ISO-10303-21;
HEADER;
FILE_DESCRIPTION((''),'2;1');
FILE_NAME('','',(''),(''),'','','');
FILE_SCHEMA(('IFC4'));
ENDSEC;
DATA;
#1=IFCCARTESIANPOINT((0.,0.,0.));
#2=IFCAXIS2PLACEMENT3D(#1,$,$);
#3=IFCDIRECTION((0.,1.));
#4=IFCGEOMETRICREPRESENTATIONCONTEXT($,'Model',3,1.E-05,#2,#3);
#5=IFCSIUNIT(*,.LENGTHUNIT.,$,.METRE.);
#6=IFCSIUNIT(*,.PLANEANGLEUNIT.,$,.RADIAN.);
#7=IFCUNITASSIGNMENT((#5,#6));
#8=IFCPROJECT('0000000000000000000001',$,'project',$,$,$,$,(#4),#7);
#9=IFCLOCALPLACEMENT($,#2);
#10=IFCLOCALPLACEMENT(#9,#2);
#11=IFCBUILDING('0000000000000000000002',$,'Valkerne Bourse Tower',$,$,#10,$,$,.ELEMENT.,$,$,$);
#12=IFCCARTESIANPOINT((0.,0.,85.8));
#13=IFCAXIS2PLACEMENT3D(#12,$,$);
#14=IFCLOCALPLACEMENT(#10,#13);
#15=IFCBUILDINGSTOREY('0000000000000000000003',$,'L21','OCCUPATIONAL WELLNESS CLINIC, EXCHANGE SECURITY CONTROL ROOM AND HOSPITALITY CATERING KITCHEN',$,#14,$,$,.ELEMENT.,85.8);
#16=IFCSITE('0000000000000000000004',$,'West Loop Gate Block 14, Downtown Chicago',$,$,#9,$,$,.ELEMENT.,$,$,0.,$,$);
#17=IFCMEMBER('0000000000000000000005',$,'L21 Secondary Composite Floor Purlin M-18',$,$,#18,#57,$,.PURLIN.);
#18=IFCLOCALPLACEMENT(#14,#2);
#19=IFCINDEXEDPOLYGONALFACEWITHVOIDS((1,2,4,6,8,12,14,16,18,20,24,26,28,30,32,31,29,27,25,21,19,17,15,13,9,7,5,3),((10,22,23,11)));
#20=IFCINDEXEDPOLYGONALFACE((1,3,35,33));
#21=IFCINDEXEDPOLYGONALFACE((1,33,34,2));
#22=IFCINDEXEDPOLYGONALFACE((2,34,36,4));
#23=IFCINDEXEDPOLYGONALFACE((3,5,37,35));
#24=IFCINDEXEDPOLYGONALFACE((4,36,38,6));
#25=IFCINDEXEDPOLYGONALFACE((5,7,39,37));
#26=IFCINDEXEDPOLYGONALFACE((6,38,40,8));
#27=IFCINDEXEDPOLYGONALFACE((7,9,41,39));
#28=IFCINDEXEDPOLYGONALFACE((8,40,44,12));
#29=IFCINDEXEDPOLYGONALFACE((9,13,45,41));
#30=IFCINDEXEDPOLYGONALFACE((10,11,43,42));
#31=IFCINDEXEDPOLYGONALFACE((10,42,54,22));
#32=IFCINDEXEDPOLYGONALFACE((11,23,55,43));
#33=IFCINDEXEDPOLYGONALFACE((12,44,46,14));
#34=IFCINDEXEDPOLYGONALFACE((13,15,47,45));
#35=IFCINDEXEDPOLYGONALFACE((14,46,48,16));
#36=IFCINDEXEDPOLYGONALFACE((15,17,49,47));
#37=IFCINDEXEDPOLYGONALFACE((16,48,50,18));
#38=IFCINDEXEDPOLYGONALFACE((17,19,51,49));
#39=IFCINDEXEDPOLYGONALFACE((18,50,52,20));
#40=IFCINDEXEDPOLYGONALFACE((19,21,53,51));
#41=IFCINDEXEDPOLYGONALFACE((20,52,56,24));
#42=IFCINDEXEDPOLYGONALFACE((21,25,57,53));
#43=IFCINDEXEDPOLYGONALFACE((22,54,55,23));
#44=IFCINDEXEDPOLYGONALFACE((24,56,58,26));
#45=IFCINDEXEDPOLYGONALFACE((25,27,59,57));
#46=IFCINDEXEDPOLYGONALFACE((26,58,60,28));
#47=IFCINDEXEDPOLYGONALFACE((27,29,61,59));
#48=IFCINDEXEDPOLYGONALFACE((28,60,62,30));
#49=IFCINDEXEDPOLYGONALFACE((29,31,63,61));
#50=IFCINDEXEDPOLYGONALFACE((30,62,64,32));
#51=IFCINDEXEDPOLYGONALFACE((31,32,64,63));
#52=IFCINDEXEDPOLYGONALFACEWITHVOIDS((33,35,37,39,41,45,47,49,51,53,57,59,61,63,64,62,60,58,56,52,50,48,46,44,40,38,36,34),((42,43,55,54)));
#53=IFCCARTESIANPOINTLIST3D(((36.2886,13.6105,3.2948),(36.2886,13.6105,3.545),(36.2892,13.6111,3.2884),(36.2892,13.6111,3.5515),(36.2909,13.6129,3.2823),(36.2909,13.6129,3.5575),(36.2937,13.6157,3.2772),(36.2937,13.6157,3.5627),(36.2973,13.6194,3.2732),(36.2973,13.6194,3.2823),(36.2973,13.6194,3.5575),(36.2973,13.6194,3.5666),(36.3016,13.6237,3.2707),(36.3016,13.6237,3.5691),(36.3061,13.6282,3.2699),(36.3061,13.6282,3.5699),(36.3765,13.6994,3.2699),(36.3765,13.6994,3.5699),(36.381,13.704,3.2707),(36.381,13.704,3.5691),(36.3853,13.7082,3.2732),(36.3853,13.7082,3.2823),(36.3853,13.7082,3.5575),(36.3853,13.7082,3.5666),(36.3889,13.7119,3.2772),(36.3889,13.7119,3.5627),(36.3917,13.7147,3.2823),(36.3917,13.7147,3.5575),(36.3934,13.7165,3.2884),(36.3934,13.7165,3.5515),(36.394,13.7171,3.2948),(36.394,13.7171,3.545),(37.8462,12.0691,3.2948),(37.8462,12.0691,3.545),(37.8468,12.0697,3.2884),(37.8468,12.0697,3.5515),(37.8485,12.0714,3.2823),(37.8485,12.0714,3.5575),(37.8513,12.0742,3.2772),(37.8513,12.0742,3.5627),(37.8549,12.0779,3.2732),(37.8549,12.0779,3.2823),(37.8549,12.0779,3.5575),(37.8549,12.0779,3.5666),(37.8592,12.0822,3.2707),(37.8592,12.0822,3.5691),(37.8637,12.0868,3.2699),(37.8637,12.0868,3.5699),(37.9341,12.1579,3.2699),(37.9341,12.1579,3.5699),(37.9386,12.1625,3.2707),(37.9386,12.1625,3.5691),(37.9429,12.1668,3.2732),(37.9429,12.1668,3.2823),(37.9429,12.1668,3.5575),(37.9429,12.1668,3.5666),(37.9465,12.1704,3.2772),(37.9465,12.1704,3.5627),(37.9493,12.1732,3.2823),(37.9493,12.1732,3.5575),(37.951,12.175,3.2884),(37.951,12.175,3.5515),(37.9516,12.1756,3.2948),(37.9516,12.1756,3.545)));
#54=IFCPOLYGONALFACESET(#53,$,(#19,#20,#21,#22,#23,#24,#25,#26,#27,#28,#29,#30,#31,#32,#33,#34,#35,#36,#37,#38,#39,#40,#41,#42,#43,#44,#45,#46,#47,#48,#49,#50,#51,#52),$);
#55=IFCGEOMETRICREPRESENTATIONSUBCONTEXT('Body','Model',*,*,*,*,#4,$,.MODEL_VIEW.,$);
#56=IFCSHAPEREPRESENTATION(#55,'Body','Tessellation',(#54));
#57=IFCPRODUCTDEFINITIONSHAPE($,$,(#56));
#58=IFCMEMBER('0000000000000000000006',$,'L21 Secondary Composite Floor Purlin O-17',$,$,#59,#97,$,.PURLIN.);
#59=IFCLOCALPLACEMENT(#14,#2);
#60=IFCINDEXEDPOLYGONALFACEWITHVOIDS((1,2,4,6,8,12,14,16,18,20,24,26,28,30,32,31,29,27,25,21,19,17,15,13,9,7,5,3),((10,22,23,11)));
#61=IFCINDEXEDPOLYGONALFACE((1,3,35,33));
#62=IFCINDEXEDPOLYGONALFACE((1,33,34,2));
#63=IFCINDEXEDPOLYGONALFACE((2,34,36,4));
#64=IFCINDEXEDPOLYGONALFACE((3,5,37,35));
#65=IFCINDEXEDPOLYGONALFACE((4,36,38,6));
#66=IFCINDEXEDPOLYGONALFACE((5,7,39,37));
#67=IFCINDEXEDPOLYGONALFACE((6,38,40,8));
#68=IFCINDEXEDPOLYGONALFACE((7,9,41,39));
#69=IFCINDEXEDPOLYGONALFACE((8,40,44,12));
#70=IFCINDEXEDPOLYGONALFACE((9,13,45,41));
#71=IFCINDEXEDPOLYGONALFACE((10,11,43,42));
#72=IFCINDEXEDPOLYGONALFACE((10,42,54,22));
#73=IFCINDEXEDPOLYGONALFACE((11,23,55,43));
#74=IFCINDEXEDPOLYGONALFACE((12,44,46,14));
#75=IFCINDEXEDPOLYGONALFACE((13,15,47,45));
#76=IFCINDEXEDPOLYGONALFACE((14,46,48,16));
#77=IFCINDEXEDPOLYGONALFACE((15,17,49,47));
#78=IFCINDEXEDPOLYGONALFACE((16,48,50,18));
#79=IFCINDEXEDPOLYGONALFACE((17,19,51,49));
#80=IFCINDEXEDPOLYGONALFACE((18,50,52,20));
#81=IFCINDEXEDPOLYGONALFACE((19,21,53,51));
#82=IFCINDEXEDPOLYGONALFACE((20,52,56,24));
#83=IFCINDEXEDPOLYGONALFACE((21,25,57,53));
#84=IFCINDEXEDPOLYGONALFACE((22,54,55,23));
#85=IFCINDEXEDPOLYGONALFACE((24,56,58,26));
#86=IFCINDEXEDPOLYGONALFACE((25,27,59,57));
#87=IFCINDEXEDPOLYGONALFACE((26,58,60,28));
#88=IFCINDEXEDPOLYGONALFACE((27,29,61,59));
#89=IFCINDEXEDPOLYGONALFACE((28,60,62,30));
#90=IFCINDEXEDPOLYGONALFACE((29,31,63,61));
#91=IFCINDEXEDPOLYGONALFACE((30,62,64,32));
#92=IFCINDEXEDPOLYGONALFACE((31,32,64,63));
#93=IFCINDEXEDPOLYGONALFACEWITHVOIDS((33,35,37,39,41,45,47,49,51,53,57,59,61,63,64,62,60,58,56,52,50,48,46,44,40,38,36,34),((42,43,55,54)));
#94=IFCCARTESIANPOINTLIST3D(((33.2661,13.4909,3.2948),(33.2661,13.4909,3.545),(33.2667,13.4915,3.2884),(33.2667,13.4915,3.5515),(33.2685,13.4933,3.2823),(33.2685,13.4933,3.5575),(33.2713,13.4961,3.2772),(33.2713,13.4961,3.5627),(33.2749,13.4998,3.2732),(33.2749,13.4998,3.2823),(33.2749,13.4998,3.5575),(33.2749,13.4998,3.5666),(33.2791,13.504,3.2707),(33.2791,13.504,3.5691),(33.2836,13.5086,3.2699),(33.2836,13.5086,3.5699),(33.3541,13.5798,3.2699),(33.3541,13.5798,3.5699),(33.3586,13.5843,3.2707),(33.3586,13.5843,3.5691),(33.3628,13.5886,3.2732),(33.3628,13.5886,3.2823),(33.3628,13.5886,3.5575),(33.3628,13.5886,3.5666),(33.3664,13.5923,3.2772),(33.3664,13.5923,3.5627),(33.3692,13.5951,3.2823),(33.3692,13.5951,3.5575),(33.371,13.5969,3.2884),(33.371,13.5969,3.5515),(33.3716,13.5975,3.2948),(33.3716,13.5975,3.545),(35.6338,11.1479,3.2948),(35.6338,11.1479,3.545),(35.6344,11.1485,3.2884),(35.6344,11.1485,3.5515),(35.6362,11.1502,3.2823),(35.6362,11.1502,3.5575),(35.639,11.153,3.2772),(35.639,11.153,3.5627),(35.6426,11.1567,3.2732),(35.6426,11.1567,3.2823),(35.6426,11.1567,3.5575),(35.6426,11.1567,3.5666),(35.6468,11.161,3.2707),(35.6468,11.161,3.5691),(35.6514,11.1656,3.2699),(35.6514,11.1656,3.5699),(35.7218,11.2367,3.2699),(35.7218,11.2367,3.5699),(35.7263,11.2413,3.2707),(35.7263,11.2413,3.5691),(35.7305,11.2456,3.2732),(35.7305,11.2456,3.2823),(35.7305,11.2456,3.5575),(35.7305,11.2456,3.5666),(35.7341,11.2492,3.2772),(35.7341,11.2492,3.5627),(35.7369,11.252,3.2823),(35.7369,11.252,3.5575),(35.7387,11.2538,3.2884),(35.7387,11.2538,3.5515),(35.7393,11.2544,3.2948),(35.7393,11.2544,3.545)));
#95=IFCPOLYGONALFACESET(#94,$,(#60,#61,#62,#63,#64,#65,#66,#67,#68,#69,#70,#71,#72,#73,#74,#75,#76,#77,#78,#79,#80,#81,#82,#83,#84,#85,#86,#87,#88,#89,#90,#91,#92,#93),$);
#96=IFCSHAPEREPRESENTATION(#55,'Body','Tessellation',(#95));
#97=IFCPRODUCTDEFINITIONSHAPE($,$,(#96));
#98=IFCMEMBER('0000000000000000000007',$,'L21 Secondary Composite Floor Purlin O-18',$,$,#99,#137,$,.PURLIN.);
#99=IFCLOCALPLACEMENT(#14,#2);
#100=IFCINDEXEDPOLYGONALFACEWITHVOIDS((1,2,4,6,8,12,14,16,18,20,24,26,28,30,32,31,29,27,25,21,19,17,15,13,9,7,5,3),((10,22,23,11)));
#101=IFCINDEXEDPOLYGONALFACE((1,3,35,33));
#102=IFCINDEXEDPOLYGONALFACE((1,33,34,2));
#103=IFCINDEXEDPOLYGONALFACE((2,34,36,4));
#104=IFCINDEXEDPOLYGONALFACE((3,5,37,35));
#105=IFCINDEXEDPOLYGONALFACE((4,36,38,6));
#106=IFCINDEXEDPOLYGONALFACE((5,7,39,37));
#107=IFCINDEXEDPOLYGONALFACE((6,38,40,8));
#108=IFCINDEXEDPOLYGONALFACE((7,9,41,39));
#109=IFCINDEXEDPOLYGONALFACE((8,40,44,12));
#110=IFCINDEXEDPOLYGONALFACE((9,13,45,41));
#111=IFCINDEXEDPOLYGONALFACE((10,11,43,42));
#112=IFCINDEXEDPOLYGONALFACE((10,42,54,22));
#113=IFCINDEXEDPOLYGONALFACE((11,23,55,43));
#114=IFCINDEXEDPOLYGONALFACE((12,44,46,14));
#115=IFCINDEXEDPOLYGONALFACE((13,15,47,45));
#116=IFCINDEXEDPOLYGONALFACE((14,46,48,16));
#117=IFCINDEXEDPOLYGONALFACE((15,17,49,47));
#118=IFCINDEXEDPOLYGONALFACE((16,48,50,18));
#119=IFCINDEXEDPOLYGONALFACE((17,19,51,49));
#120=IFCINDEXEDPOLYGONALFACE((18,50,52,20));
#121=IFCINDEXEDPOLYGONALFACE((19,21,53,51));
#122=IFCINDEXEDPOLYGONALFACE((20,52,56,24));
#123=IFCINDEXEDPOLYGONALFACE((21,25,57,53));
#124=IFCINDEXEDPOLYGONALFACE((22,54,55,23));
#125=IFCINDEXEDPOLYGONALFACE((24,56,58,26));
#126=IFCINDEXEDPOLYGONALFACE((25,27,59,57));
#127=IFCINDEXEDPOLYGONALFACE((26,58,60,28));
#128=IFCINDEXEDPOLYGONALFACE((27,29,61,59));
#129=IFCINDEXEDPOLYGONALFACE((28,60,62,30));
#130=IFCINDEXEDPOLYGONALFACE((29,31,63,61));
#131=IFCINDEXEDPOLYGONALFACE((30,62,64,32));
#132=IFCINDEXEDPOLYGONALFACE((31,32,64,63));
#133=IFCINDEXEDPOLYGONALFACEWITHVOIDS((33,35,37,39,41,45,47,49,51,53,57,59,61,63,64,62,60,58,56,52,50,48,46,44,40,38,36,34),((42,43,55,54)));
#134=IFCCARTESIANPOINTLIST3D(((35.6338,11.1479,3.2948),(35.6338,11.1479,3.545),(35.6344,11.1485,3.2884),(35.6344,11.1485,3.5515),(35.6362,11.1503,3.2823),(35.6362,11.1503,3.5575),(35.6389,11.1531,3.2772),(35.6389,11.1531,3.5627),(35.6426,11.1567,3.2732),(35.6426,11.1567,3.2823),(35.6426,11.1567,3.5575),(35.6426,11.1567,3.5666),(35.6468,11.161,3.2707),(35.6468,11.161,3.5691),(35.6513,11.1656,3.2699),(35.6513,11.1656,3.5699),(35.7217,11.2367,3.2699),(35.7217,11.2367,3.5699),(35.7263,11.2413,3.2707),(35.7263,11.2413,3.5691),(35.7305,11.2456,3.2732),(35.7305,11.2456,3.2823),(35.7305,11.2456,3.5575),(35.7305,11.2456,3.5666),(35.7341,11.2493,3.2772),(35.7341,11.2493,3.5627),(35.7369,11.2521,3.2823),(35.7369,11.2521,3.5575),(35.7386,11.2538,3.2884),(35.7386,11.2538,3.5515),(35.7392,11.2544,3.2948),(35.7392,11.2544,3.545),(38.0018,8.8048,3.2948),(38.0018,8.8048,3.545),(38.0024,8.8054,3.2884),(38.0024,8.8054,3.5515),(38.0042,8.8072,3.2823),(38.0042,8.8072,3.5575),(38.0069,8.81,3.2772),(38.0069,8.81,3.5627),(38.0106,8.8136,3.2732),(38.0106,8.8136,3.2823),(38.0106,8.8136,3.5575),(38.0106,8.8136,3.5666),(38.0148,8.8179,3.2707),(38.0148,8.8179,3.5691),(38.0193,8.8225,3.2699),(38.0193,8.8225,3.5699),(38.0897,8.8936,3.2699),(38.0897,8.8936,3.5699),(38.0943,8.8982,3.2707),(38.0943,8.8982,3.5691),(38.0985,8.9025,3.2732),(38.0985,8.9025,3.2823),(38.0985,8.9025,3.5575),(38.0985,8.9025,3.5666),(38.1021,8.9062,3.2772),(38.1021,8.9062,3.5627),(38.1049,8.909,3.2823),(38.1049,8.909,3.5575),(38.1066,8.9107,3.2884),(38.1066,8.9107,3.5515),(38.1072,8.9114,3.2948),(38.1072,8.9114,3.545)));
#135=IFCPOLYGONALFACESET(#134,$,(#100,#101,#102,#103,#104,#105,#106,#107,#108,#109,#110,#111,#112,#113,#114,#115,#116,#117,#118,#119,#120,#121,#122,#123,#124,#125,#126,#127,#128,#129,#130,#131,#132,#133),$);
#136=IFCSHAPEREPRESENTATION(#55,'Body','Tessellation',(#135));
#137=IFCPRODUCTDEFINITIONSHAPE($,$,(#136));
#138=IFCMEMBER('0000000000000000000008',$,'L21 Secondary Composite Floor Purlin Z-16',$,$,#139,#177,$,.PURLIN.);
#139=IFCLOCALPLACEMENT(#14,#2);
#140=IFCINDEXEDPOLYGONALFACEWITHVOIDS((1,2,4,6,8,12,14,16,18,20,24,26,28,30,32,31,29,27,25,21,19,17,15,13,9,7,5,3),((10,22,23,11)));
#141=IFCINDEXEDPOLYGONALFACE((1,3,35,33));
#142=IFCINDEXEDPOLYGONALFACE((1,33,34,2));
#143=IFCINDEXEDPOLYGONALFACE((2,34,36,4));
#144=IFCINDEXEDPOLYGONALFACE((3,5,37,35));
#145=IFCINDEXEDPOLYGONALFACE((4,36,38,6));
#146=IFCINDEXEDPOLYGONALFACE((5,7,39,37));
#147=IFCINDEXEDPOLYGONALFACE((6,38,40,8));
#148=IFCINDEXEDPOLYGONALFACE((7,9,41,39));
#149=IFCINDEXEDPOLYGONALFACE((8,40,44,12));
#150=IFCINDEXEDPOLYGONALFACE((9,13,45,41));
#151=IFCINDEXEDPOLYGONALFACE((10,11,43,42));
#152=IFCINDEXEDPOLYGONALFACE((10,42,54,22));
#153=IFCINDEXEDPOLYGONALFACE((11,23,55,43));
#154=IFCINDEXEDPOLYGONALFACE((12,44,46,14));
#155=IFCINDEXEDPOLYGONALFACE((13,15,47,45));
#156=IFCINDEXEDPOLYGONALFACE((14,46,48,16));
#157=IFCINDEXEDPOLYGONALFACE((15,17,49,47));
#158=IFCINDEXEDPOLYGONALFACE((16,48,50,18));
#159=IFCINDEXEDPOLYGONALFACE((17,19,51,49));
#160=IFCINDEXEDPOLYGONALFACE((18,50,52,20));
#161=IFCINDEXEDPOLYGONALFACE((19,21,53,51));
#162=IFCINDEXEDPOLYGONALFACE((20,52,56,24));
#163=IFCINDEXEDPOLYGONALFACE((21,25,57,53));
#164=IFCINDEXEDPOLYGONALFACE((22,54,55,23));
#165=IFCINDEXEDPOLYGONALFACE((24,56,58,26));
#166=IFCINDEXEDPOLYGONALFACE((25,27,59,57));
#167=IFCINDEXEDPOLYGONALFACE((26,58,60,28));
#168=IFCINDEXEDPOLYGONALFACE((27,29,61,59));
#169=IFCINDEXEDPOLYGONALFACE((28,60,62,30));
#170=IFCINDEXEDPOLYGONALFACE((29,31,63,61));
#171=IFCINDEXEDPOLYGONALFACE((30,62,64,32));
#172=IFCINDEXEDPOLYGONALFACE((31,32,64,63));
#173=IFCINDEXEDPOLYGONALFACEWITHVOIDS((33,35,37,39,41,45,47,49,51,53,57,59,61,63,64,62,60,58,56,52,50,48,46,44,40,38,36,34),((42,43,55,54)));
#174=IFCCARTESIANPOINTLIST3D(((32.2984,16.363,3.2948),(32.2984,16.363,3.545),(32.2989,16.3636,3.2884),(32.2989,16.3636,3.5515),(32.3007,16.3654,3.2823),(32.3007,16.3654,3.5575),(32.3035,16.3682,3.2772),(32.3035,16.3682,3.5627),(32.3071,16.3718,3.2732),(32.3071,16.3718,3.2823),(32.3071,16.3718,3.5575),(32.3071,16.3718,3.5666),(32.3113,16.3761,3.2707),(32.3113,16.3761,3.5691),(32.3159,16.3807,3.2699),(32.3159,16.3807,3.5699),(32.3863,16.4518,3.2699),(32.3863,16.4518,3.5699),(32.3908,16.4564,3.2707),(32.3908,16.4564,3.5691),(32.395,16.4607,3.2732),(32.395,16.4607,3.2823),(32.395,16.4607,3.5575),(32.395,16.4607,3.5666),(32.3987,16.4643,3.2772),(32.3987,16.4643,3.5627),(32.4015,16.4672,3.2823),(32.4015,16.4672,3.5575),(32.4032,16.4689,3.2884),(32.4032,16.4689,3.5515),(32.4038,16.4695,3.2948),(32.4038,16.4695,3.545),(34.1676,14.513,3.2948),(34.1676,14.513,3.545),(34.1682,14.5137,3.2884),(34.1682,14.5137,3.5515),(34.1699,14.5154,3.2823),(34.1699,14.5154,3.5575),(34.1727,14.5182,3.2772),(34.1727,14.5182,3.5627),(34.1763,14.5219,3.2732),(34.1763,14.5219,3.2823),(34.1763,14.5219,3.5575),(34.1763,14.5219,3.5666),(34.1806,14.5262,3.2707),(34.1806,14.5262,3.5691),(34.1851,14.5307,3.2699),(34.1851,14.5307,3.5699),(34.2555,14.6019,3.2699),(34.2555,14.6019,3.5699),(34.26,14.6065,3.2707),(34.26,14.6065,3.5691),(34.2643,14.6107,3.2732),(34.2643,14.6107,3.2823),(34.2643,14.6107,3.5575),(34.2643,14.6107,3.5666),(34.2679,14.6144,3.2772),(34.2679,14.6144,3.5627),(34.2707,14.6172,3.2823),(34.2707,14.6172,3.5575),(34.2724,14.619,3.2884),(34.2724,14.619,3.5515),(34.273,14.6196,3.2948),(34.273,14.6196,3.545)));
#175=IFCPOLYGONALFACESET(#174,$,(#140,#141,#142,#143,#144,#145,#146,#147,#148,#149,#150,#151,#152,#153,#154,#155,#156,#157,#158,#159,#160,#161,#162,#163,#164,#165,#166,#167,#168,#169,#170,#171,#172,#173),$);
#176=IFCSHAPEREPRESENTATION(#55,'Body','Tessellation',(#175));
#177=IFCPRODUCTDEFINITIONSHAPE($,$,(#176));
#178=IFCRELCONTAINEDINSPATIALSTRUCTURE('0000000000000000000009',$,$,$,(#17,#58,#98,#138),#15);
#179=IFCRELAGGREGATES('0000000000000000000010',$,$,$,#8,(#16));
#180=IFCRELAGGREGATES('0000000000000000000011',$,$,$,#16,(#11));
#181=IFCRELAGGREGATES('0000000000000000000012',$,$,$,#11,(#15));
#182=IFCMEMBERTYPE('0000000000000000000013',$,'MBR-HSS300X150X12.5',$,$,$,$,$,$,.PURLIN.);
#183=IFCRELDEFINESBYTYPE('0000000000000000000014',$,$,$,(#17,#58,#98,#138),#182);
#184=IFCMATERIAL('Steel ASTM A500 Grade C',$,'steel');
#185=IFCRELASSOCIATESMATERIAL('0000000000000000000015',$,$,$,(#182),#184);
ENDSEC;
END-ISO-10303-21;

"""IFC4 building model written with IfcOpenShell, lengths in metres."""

from ifc_helpers import new_model, si_unit, direction, frame, origin, origin_2d, place, context, subcontext, project, spatial, hollow_rectangle, extrude, material, material_profile, profile_set, type_object, element, save


model = new_model("IFC4")

# Units and contexts
model_context = context("Model", 3, precision=1e-05, world=origin(), true_north=direction((0.0, 1.0)))
body_context = subcontext(model_context, "Body", "Model", "MODEL_VIEW")
ifc_project = project(units=[si_unit("LENGTHUNIT", "METRE"), si_unit("PLANEANGLEUNIT", "RADIAN")], contexts=[model_context])

# Site, building, storey
site_placement = place(None, origin())
site = spatial("IfcSite", under=ifc_project, at=site_placement, Name="West Loop Gate Block 14, Downtown Chicago", CompositionType="ELEMENT", RefElevation=0.0)
building_placement = place(site_placement, origin())
building = spatial("IfcBuilding", under=site, at=building_placement, Name="Valkerne Bourse Tower", CompositionType="ELEMENT")
storey_placement = place(building_placement, frame((0.0, 0.0, 85.8)))
storey = spatial("IfcBuildingStorey", under=building, at=storey_placement, Name="L21", Description="OCCUPATIONAL WELLNESS CLINIC, EXCHANGE SECURITY CONTROL ROOM AND HOSPITALITY CATERING KITCHEN", CompositionType="ELEMENT", Elevation=85.8)

# Members
ifc_material_1 = material(Name="Steel ASTM A500 Grade C", Category="steel")
ifc_material_profile_1 = material_profile(ifc_material_1, hollow_rectangle(XDim=0.1499, YDim=0.3, WallThickness=0.0125, OuterFilletRadius=0.0249, at=origin_2d()), Name="HSS300X150X12.5")
ifc_profile_set_1 = profile_set([ifc_material_profile_1], Name="Steel ASTM A500 Grade C")
member_type_1 = type_object("IfcMemberType", Name="MBR-HSS300X150X12.5", PredefinedType="PURLIN", material=ifc_profile_set_1)
member_1_placement = place(storey_placement, frame((36.3413, 13.6638, 3.4199), z_axis=(0.710774, -0.703421, 0.0), x_axis=(0.703421, 0.710774, 0.0)))
element("IfcMember", 1, at=member_1_placement, inside=storey, type_object=member_type_1, Name="L21 Secondary Composite Floor Purlin M-18", PredefinedType="PURLIN", context=body_context, shape_type="SweptSolid", body=[
    extrude(hollow_rectangle(XDim=0.1499, YDim=0.3, WallThickness=0.0125, OuterFilletRadius=0.0249, at=origin_2d()), origin(), (0.0, 0.0, 1.0), 2.1914),
])
member_2_placement = place(storey_placement, frame((33.3188, 13.5442, 3.4199), z_axis=(0.710798, -0.703396, 0.0), x_axis=(0.703396, 0.710798, 0.0)))
element("IfcMember", 2, at=member_2_placement, inside=storey, type_object=member_type_1, Name="L21 Secondary Composite Floor Purlin O-17", PredefinedType="PURLIN", context=body_context, shape_type="SweptSolid", body=[
    extrude(hollow_rectangle(XDim=0.1499, YDim=0.3, WallThickness=0.0125, OuterFilletRadius=0.0249, at=origin_2d()), origin(), (0.0, 0.0, 1.0), 3.3311),
])
member_3_placement = place(storey_placement, frame((35.6865, 11.2012, 3.4199), z_axis=(0.710835, -0.703359, 0.0), x_axis=(0.703359, 0.710835, 0.0)))
element("IfcMember", 3, at=member_3_placement, inside=storey, type_object=member_type_1, Name="L21 Secondary Composite Floor Purlin O-18", PredefinedType="PURLIN", context=body_context, shape_type="SweptSolid", body=[
    extrude(hollow_rectangle(XDim=0.1499, YDim=0.3, WallThickness=0.0125, OuterFilletRadius=0.0249, at=origin_2d()), origin(), (0.0, 0.0, 1.0), 3.3313),
])
member_4_placement = place(storey_placement, frame((32.3511, 16.4163, 3.4199), z_axis=(0.710764, -0.70343, 0.0), x_axis=(0.70343, 0.710764, 0.0)))
element("IfcMember", 4, at=member_4_placement, inside=storey, type_object=member_type_1, Name="L21 Secondary Composite Floor Purlin Z-16", PredefinedType="PURLIN", context=body_context, shape_type="SweptSolid", body=[
    extrude(hollow_rectangle(XDim=0.1499, YDim=0.3, WallThickness=0.0125, OuterFilletRadius=0.0249, at=origin_2d()), origin(), (0.0, 0.0, 1.0), 2.6299),
])

save(model, "model.ifc")
